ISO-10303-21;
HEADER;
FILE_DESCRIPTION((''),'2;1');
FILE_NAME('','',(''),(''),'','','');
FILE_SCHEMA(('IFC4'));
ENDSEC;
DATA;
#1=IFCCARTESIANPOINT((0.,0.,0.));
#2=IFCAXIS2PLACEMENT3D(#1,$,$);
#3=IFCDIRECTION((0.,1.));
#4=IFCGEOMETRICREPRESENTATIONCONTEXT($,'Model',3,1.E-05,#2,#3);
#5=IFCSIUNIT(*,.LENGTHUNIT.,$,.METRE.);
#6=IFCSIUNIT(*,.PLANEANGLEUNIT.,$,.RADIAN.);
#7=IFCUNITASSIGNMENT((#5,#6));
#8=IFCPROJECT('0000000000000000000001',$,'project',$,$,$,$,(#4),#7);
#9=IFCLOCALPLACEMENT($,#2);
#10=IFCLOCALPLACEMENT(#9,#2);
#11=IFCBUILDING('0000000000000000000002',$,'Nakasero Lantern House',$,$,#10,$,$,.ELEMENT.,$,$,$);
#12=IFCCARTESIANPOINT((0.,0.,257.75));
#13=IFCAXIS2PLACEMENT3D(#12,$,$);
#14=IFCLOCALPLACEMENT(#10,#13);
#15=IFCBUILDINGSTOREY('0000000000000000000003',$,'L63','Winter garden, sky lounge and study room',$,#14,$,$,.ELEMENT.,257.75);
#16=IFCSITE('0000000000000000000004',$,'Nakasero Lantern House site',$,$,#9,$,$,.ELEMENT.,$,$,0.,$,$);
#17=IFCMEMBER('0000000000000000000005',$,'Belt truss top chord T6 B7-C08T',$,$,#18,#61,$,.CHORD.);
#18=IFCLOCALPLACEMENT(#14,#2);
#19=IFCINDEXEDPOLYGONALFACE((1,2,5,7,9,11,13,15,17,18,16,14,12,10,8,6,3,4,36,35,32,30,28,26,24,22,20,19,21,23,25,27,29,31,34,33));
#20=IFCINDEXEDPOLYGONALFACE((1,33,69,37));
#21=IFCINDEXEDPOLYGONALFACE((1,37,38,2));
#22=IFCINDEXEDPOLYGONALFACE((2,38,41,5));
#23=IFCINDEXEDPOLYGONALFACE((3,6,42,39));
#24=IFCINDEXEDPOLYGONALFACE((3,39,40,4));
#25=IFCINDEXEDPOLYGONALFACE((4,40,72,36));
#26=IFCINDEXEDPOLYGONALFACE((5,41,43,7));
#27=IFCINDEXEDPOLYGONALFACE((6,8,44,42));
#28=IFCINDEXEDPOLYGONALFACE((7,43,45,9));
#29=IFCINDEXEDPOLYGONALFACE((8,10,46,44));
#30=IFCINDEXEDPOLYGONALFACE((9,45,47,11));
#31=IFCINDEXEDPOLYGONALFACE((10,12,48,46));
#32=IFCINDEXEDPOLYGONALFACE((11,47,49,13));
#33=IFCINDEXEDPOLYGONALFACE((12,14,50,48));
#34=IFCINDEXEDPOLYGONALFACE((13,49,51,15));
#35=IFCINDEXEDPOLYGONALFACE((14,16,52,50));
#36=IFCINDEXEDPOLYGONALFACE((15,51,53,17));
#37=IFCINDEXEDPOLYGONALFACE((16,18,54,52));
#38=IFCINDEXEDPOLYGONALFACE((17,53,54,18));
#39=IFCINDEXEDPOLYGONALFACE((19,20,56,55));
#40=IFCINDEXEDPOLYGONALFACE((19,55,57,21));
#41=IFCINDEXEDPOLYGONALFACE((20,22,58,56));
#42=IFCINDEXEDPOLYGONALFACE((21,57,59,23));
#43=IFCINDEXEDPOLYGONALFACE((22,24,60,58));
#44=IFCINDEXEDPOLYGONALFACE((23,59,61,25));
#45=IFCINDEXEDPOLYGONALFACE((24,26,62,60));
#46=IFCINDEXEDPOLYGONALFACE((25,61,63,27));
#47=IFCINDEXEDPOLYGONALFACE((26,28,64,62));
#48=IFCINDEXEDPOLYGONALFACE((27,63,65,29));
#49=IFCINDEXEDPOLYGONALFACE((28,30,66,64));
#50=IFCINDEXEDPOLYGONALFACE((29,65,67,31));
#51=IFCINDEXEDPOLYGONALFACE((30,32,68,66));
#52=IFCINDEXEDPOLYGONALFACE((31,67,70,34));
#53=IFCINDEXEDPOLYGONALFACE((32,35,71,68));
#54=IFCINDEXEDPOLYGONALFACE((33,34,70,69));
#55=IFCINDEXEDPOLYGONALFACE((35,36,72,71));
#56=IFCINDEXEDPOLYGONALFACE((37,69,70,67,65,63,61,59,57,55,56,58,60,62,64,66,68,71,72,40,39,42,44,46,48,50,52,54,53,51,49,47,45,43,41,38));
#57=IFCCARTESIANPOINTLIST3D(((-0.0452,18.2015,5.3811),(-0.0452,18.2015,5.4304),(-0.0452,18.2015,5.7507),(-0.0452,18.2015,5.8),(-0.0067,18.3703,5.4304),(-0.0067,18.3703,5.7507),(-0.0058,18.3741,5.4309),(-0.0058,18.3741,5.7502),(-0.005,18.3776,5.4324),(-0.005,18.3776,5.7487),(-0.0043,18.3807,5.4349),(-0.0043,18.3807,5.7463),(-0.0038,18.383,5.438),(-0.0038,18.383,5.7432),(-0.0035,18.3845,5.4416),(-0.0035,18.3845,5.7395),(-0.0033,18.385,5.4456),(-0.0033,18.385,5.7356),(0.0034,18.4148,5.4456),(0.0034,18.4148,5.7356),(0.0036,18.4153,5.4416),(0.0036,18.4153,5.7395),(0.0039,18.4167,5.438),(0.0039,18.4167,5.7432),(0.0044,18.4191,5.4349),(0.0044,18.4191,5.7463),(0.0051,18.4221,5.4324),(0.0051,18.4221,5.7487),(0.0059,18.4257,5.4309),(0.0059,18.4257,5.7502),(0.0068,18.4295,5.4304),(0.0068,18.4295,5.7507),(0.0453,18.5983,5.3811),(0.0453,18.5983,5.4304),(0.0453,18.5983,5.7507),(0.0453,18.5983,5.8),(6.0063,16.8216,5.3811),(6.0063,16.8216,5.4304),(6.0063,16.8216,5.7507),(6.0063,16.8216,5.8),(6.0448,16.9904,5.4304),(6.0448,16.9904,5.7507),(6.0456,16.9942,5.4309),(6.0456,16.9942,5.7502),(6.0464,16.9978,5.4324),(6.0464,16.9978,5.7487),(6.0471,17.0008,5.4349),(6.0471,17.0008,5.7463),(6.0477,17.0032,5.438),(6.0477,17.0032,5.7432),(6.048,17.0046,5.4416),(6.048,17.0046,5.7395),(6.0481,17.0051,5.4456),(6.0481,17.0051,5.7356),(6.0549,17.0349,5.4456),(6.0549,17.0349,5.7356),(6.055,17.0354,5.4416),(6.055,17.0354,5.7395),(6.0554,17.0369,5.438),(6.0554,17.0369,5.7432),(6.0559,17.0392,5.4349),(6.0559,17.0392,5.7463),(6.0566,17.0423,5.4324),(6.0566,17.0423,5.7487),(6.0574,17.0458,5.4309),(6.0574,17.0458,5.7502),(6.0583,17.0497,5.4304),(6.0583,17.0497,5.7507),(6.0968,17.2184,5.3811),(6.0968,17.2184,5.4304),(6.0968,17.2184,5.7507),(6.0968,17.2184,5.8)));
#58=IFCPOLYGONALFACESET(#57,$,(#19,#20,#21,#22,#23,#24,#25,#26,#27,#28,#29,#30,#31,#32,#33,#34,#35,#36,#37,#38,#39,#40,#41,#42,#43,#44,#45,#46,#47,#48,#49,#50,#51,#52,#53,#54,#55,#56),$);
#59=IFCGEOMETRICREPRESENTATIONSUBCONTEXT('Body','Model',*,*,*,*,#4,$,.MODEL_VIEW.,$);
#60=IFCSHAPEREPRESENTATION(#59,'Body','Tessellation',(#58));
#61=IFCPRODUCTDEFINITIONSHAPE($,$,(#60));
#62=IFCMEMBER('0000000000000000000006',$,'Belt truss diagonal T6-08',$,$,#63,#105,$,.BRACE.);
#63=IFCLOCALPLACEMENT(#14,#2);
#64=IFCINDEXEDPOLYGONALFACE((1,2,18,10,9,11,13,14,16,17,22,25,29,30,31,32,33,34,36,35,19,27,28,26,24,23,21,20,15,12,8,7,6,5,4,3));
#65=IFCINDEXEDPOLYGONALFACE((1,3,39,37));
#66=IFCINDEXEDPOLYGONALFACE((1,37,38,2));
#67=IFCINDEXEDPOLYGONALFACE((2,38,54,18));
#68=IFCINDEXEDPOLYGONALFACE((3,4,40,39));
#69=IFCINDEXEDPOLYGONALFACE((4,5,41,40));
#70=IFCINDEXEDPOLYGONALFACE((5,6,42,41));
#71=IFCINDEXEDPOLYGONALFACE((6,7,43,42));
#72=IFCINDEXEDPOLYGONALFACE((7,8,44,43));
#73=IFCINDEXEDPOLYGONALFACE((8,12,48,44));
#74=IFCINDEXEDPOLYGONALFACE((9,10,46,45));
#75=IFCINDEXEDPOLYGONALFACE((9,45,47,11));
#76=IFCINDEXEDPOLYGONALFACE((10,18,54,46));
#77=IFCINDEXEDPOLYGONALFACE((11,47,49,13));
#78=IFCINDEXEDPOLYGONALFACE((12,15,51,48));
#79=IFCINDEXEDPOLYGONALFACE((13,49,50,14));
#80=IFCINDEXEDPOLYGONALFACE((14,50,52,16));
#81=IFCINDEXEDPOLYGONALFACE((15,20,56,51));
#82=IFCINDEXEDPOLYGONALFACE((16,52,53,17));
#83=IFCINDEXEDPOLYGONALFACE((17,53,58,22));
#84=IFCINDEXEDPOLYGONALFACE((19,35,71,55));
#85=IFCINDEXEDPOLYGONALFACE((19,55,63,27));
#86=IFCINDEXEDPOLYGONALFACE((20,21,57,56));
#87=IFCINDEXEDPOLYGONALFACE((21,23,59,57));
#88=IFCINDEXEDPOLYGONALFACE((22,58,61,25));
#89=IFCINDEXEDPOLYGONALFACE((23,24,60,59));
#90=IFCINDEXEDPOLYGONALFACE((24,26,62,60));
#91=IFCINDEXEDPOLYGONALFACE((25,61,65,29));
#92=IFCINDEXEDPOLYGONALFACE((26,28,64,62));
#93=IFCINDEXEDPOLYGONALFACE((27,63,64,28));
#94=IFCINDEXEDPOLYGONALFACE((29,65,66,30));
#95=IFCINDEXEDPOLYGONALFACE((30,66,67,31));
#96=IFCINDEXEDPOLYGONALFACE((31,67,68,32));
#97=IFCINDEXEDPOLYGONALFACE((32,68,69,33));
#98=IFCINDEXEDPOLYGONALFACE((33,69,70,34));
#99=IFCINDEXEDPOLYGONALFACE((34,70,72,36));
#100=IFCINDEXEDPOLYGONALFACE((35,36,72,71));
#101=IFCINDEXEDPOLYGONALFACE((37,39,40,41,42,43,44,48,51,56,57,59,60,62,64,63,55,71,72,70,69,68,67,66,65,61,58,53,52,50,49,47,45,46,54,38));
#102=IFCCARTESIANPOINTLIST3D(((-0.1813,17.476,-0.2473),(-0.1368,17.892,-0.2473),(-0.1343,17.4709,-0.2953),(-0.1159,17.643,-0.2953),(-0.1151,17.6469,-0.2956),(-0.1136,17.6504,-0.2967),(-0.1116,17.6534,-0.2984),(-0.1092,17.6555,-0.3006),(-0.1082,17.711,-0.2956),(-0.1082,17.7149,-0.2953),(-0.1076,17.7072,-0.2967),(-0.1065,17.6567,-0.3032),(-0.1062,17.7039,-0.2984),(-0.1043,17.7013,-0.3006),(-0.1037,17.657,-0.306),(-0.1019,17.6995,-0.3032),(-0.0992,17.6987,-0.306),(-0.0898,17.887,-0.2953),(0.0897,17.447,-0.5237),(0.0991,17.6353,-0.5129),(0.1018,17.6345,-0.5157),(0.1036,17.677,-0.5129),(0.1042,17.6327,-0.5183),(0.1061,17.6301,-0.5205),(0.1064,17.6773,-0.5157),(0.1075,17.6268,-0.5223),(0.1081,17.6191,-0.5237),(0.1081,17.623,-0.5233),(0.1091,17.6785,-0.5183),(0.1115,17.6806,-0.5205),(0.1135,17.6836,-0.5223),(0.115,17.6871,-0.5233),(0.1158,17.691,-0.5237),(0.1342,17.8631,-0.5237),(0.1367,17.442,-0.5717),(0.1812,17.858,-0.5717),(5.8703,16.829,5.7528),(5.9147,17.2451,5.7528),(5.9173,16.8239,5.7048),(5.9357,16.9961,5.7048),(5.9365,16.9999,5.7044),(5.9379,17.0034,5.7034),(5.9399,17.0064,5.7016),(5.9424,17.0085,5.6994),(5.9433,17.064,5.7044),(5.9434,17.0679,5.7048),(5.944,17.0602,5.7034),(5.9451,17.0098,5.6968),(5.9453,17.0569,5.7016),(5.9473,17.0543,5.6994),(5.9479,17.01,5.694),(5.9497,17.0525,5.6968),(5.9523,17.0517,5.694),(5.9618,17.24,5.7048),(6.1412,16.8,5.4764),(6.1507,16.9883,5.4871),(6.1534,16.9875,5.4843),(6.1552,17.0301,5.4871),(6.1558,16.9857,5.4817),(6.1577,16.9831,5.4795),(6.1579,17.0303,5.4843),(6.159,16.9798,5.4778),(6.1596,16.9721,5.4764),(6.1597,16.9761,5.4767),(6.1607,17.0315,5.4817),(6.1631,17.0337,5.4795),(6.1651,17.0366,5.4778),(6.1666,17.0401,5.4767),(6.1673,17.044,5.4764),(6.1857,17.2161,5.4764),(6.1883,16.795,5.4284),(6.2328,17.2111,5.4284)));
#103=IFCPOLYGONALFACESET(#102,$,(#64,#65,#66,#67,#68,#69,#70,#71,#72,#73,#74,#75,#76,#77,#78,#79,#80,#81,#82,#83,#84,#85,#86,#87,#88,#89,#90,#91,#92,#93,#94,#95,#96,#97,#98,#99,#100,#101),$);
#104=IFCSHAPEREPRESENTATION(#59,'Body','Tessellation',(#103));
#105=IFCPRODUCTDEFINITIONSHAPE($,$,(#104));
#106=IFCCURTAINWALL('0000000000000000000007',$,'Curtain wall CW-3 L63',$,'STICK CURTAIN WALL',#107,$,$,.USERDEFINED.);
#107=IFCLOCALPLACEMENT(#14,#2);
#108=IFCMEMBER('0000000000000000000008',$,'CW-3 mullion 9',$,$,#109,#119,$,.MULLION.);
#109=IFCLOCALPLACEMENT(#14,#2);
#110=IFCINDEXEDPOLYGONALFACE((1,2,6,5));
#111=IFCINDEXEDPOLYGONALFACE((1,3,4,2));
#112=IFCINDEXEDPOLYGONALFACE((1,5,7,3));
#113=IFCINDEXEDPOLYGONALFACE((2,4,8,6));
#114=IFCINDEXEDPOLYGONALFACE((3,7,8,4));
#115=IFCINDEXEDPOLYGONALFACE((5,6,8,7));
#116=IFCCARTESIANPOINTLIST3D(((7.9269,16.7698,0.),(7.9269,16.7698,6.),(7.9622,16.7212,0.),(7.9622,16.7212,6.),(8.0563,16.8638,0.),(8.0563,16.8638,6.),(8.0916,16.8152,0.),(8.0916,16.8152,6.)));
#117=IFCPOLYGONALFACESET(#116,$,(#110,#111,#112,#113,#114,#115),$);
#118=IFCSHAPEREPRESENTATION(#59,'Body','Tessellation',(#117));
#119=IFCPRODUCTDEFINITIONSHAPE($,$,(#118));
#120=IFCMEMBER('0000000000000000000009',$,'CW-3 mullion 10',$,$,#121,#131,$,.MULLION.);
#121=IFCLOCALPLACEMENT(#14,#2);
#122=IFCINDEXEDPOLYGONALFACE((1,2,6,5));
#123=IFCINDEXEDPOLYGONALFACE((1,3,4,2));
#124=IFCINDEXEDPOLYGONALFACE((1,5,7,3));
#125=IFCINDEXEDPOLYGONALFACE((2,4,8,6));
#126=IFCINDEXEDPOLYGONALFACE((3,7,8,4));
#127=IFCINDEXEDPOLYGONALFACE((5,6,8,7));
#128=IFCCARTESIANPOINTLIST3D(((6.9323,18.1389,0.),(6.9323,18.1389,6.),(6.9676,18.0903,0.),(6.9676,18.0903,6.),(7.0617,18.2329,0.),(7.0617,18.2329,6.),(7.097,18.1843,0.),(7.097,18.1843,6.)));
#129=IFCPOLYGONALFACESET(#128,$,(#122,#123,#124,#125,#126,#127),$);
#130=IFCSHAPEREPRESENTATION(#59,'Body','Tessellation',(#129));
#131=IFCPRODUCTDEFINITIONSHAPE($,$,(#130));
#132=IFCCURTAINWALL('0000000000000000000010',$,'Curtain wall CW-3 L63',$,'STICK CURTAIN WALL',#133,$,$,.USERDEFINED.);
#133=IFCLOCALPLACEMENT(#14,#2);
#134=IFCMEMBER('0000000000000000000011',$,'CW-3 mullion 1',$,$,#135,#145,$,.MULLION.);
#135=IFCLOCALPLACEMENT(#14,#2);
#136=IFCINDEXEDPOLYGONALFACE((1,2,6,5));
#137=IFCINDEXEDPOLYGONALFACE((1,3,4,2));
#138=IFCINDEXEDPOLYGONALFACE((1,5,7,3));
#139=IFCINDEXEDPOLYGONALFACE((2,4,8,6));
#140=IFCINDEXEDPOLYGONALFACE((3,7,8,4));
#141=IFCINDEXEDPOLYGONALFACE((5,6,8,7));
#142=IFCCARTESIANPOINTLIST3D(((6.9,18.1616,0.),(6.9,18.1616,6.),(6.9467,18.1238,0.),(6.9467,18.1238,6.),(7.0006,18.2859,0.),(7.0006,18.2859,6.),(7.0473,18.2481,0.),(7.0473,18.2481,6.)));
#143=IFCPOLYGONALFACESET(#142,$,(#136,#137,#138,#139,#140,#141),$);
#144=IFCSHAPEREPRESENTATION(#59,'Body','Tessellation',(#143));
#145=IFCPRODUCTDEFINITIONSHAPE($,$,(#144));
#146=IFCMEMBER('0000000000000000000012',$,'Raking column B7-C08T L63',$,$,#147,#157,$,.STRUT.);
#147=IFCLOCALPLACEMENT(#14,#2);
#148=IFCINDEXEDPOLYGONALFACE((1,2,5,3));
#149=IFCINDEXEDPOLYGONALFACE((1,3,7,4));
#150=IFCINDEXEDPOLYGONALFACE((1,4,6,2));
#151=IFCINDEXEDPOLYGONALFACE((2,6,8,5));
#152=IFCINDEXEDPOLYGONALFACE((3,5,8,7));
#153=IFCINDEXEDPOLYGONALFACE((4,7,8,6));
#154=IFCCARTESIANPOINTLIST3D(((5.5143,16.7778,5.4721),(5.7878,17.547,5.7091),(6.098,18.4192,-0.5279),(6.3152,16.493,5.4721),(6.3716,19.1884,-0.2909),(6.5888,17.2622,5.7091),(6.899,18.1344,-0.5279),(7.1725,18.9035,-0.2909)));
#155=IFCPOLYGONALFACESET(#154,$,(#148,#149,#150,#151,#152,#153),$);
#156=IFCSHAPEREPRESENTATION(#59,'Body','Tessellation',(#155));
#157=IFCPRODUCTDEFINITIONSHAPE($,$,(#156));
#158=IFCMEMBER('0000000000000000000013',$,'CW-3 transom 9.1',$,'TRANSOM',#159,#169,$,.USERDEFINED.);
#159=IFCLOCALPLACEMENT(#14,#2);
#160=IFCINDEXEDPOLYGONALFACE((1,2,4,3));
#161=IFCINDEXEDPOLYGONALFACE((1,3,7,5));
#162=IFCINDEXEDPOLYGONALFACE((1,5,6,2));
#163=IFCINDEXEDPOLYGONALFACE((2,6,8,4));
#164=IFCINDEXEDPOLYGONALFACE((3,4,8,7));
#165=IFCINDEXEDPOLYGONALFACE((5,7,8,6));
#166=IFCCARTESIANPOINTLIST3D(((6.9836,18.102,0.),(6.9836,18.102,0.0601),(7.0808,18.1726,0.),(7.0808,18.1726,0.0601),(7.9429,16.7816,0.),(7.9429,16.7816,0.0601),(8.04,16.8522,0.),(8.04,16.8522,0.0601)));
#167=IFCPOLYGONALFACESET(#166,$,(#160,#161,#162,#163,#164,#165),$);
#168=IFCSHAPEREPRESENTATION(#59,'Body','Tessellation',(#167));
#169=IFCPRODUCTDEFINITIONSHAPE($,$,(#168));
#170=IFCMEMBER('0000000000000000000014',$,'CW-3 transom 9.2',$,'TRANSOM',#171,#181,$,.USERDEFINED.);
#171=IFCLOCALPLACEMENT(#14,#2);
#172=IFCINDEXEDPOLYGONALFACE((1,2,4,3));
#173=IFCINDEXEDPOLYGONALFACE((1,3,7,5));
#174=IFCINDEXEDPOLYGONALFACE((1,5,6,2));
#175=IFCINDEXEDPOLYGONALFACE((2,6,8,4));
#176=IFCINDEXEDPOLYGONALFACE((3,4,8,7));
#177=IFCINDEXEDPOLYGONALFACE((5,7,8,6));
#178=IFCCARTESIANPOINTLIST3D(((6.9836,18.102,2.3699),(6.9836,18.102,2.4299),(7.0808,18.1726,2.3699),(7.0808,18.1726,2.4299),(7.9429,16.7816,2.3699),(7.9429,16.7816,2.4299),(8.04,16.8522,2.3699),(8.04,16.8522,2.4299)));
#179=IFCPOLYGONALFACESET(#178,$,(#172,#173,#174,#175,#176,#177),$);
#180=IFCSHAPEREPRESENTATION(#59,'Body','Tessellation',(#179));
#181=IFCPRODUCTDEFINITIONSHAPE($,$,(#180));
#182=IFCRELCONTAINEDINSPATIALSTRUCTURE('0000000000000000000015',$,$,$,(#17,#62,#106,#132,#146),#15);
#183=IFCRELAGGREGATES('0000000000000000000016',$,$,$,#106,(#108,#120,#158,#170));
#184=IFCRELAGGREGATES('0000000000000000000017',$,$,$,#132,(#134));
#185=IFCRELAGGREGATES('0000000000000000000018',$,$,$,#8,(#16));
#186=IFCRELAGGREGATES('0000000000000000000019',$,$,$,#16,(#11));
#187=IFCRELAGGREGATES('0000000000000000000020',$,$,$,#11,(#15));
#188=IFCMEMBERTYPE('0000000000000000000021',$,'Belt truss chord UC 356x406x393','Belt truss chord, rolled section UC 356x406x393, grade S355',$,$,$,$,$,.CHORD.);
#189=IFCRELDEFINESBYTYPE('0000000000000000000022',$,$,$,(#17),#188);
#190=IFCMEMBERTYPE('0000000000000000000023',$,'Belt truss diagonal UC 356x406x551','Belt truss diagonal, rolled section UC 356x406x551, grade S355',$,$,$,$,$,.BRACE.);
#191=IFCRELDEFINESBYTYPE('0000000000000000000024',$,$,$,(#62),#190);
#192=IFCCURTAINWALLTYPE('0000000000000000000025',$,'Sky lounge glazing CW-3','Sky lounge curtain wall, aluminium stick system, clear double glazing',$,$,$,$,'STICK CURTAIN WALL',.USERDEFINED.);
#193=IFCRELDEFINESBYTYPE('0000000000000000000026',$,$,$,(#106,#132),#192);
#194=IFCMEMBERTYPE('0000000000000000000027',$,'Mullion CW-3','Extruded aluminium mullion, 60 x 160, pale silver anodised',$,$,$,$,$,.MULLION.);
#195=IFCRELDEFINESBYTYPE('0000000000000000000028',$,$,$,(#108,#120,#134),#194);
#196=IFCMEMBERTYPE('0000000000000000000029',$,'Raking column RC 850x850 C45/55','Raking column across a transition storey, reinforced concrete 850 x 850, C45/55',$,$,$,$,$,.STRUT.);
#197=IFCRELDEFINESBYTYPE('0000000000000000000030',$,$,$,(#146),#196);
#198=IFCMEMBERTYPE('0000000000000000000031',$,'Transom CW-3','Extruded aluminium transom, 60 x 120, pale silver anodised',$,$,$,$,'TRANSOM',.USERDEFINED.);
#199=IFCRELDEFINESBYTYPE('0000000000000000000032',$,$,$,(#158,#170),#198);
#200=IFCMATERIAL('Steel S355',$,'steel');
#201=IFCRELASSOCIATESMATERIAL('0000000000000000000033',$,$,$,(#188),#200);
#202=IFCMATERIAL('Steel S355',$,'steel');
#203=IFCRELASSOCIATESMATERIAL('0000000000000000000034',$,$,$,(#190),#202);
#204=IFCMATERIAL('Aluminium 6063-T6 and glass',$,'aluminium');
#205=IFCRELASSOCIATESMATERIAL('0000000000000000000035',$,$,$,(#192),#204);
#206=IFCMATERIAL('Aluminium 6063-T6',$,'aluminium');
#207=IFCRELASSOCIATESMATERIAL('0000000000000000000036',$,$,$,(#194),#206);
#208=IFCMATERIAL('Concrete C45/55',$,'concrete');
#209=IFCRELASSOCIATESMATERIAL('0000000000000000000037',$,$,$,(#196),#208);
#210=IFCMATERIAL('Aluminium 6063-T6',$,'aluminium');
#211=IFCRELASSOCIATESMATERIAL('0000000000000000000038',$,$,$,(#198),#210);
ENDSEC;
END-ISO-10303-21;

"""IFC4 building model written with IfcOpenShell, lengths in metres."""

from ifc_helpers import new_model, si_unit, direction, frame, origin, origin_2d, place, context, subcontext, project, spatial, rectangle, i_section, extrude, material, material_profile, profile_set, type_object, element, aggregate, save


model = new_model("IFC4")

# Units and contexts
model_context = context("Model", 3, precision=1e-05, world=origin(), true_north=direction((0.0, 1.0)))
body_context = subcontext(model_context, "Body", "Model", "MODEL_VIEW")
ifc_project = project(units=[si_unit("LENGTHUNIT", "METRE"), si_unit("PLANEANGLEUNIT", "RADIAN")], contexts=[model_context])

# Site, building, storey
site_placement = place(None, origin())
site = spatial("IfcSite", under=ifc_project, at=site_placement, Name="Nakasero Lantern House site", CompositionType="ELEMENT", RefElevation=0.0)
building_placement = place(site_placement, origin())
building = spatial("IfcBuilding", under=site, at=building_placement, Name="Nakasero Lantern House", CompositionType="ELEMENT")
storey_placement = place(building_placement, frame((0.0, 0.0, 257.75)))
storey = spatial("IfcBuildingStorey", under=building, at=storey_placement, Name="L63", Description="Winter garden, sky lounge and study room", CompositionType="ELEMENT", Elevation=257.75)

# Members
ifc_material_1 = material(Name="Steel S355", Category="steel")
ifc_material_profile_1 = material_profile(ifc_material_1, i_section(OverallWidth=0.407, OverallDepth=0.4189, WebThickness=0.0305, FlangeThickness=0.0493, FilletRadius=0.0151, at=origin_2d()), Name="UC 356x406x393")
ifc_profile_set_1 = profile_set([ifc_material_profile_1], Name="Steel S355")
member_type_1 = type_object("IfcMemberType", Name="Belt truss chord UC 356x406x393", Description="Belt truss chord, rolled section UC 356x406x393, grade S355", PredefinedType="CHORD", material=ifc_profile_set_1)
member_1_placement = place(storey_placement, frame((6.0515, 17.02, 5.5906), z_axis=(-0.974975, 0.222316, 0.0), x_axis=(-0.222316, -0.974975, 0.0)))
element("IfcMember", 1, at=member_1_placement, inside=storey, type_object=member_type_1, Name="Belt truss top chord T6 B7-C08T", PredefinedType="CHORD", context=body_context, shape_type="SweptSolid", body=[
    extrude(i_section(OverallWidth=0.407, OverallDepth=0.4189, WebThickness=0.0305, FlangeThickness=0.0493, FilletRadius=0.0151, at=origin_2d()), origin(), (0.0, 0.0, 1.0), 6.2068),
])
ifc_material_2 = material(Name="Steel S355", Category="steel")
ifc_material_profile_2 = material_profile(ifc_material_2, i_section(OverallWidth=0.4185, OverallDepth=0.4556, WebThickness=0.042, FlangeThickness=0.0674, FilletRadius=0.0151, at=origin_2d()), Name="UC 356x406x551")
ifc_profile_set_2 = profile_set([ifc_material_profile_2], Name="Steel S355")
member_type_2 = type_object("IfcMemberType", Name="Belt truss diagonal UC 356x406x551", Description="Belt truss diagonal, rolled section UC 356x406x551, grade S355", PredefinedType="BRACE", material=ifc_profile_set_2)
member_2_placement = place(storey_placement, frame((6.0515, 17.02, 5.5906), z_axis=(-0.708085, 0.075702, -0.702057), x_axis=(-0.106305, -0.994334, 0.0)))
element("IfcMember", 2, at=member_2_placement, inside=storey, type_object=member_type_2, Name="Belt truss diagonal T6-08", PredefinedType="BRACE", context=body_context, shape_type="SweptSolid", body=[
    extrude(i_section(OverallWidth=0.4185, OverallDepth=0.4556, WebThickness=0.042, FlangeThickness=0.0674, FilletRadius=0.0151, at=origin_2d()), origin(), (0.0, 0.0, 1.0), 8.5464),
])

# Curtain wall, members
ifc_material_3 = material(Name="Aluminium 6063-T6 and glass", Category="aluminium")
curtain_wall_type = type_object("IfcCurtainWallType", Name="Sky lounge glazing CW-3", Description="Sky lounge curtain wall, aluminium stick system, clear double glazing", ElementType="STICK CURTAIN WALL", PredefinedType="USERDEFINED", material=ifc_material_3)
curtain_wall_1_placement = place(storey_placement, origin())
curtain_wall_1 = element("IfcCurtainWall", 3, at=curtain_wall_1_placement, inside=storey, type_object=curtain_wall_type, Name="Curtain wall CW-3 L63", ObjectType="STICK CURTAIN WALL", PredefinedType="USERDEFINED")
ifc_material_4 = material(Name="Aluminium 6063-T6", Category="aluminium")
ifc_material_profile_3 = material_profile(ifc_material_4, rectangle(XDim=0.0601, YDim=0.1599, at=origin_2d()), Name="CW-3 mullion 60x160")
ifc_profile_set_3 = profile_set([ifc_material_profile_3], Name="Aluminium 6063-T6")
member_type_3 = type_object("IfcMemberType", Name="Mullion CW-3", Description="Extruded aluminium mullion, 60 x 160, pale silver anodised", PredefinedType="MULLION", material=ifc_profile_set_3)
member_3_placement = place(storey_placement, frame((8.0093, 16.7925, 0.0), z_axis=(0.0, 0.0, 1.0), x_axis=(-0.587785, 0.809017, 0.0)))
member_3 = element("IfcMember", 4, at=member_3_placement, type_object=member_type_3, Name="CW-3 mullion 9", PredefinedType="MULLION", context=body_context, shape_type="SweptSolid", body=[
    extrude(rectangle(XDim=0.0601, YDim=0.1599, at=origin_2d()), origin(), (0.0, 0.0, 1.0), 6.0),
])
member_4_placement = place(storey_placement, frame((7.0146, 18.1616, 0.0), z_axis=(0.0, 0.0, 1.0), x_axis=(-0.587785, 0.809017, 0.0)))
member_4 = element("IfcMember", 5, at=member_4_placement, type_object=member_type_3, Name="CW-3 mullion 10", PredefinedType="MULLION", context=body_context, shape_type="SweptSolid", body=[
    extrude(rectangle(XDim=0.0601, YDim=0.1599, at=origin_2d()), origin(), (0.0, 0.0, 1.0), 6.0),
])

# Curtain wall, member
curtain_wall_2_placement = place(storey_placement, origin())
curtain_wall_2 = element("IfcCurtainWall", 6, at=curtain_wall_2_placement, inside=storey, type_object=curtain_wall_type, Name="Curtain wall CW-3 L63", ObjectType="STICK CURTAIN WALL", PredefinedType="USERDEFINED")
member_5_placement = place(storey_placement, frame((6.9736, 18.2048, 0.0), z_axis=(0.0, 0.0, 1.0), x_axis=(-0.777146, 0.62932, 0.0)))
member_5 = element("IfcMember", 7, at=member_5_placement, type_object=member_type_3, Name="CW-3 mullion 1", PredefinedType="MULLION", context=body_context, shape_type="SweptSolid", body=[
    extrude(rectangle(XDim=0.0601, YDim=0.1599, at=origin_2d()), origin(), (0.0, 0.0, 1.0), 6.0),
])

# Members
ifc_material_5 = material(Name="Concrete C45/55", Category="concrete")
ifc_material_profile_4 = material_profile(ifc_material_5, rectangle(XDim=0.8501, YDim=0.8501, at=origin_2d()), Name="RC 850x850")
ifc_profile_set_4 = profile_set([ifc_material_profile_4], Name="Concrete C45/55")
member_type_4 = type_object("IfcMemberType", Name="Raking column RC 850x850 C45/55", Description="Raking column across a transition storey, reinforced concrete 850 x 850, C45/55", PredefinedType="STRUT", material=ifc_profile_set_4)
member_6_placement = place(storey_placement, frame((6.6353, 18.6614, -0.4094), z_axis=(-0.093432, -0.26271, 0.96034), x_axis=(0.942188, -0.335084, 0.0)))
element("IfcMember", 8, at=member_6_placement, inside=storey, type_object=member_type_4, Name="Raking column B7-C08T L63", PredefinedType="STRUT", context=body_context, shape_type="SweptSolid", body=[
    extrude(rectangle(XDim=0.8501, YDim=0.8501, at=origin_2d()), origin(), (0.0, 0.0, 1.0), 6.2478),
])
ifc_material_6 = material(Name="Aluminium 6063-T6", Category="aluminium")
ifc_material_profile_5 = material_profile(ifc_material_6, rectangle(XDim=0.0601, YDim=0.1201, at=origin_2d()), Name="CW-3 transom 60x120")
ifc_profile_set_5 = profile_set([ifc_material_profile_5], Name="Aluminium 6063-T6")
member_type_5 = type_object("IfcMemberType", Name="Transom CW-3", Description="Extruded aluminium transom, 60 x 120, pale silver anodised", ElementType="TRANSOM", PredefinedType="USERDEFINED", material=ifc_profile_set_5)
member_7_placement = place(storey_placement, frame((7.9915, 16.8169, 0.03), z_axis=(-0.587771, 0.809027, 0.0), x_axis=(0.0, 0.0, 1.0)))
member_7 = element("IfcMember", 9, at=member_7_placement, type_object=member_type_5, Name="CW-3 transom 9.1", ObjectType="TRANSOM", PredefinedType="USERDEFINED", context=body_context, shape_type="SweptSolid", body=[
    extrude(rectangle(XDim=0.0601, YDim=0.1201, at=origin_2d()), origin(), (0.0, 0.0, 1.0), 1.6321),
])
member_8_placement = place(storey_placement, frame((7.9915, 16.8169, 2.3999), z_axis=(-0.587771, 0.809027, 0.0), x_axis=(0.0, 0.0, 1.0)))
member_8 = element("IfcMember", 10, at=member_8_placement, type_object=member_type_5, Name="CW-3 transom 9.2", ObjectType="TRANSOM", PredefinedType="USERDEFINED", context=body_context, shape_type="SweptSolid", body=[
    extrude(rectangle(XDim=0.0601, YDim=0.1201, at=origin_2d()), origin(), (0.0, 0.0, 1.0), 1.6321),
])

aggregate(curtain_wall_1, [member_3, member_4, member_7, member_8])
aggregate(curtain_wall_2, [member_5])

save(model, "model.ifc")
